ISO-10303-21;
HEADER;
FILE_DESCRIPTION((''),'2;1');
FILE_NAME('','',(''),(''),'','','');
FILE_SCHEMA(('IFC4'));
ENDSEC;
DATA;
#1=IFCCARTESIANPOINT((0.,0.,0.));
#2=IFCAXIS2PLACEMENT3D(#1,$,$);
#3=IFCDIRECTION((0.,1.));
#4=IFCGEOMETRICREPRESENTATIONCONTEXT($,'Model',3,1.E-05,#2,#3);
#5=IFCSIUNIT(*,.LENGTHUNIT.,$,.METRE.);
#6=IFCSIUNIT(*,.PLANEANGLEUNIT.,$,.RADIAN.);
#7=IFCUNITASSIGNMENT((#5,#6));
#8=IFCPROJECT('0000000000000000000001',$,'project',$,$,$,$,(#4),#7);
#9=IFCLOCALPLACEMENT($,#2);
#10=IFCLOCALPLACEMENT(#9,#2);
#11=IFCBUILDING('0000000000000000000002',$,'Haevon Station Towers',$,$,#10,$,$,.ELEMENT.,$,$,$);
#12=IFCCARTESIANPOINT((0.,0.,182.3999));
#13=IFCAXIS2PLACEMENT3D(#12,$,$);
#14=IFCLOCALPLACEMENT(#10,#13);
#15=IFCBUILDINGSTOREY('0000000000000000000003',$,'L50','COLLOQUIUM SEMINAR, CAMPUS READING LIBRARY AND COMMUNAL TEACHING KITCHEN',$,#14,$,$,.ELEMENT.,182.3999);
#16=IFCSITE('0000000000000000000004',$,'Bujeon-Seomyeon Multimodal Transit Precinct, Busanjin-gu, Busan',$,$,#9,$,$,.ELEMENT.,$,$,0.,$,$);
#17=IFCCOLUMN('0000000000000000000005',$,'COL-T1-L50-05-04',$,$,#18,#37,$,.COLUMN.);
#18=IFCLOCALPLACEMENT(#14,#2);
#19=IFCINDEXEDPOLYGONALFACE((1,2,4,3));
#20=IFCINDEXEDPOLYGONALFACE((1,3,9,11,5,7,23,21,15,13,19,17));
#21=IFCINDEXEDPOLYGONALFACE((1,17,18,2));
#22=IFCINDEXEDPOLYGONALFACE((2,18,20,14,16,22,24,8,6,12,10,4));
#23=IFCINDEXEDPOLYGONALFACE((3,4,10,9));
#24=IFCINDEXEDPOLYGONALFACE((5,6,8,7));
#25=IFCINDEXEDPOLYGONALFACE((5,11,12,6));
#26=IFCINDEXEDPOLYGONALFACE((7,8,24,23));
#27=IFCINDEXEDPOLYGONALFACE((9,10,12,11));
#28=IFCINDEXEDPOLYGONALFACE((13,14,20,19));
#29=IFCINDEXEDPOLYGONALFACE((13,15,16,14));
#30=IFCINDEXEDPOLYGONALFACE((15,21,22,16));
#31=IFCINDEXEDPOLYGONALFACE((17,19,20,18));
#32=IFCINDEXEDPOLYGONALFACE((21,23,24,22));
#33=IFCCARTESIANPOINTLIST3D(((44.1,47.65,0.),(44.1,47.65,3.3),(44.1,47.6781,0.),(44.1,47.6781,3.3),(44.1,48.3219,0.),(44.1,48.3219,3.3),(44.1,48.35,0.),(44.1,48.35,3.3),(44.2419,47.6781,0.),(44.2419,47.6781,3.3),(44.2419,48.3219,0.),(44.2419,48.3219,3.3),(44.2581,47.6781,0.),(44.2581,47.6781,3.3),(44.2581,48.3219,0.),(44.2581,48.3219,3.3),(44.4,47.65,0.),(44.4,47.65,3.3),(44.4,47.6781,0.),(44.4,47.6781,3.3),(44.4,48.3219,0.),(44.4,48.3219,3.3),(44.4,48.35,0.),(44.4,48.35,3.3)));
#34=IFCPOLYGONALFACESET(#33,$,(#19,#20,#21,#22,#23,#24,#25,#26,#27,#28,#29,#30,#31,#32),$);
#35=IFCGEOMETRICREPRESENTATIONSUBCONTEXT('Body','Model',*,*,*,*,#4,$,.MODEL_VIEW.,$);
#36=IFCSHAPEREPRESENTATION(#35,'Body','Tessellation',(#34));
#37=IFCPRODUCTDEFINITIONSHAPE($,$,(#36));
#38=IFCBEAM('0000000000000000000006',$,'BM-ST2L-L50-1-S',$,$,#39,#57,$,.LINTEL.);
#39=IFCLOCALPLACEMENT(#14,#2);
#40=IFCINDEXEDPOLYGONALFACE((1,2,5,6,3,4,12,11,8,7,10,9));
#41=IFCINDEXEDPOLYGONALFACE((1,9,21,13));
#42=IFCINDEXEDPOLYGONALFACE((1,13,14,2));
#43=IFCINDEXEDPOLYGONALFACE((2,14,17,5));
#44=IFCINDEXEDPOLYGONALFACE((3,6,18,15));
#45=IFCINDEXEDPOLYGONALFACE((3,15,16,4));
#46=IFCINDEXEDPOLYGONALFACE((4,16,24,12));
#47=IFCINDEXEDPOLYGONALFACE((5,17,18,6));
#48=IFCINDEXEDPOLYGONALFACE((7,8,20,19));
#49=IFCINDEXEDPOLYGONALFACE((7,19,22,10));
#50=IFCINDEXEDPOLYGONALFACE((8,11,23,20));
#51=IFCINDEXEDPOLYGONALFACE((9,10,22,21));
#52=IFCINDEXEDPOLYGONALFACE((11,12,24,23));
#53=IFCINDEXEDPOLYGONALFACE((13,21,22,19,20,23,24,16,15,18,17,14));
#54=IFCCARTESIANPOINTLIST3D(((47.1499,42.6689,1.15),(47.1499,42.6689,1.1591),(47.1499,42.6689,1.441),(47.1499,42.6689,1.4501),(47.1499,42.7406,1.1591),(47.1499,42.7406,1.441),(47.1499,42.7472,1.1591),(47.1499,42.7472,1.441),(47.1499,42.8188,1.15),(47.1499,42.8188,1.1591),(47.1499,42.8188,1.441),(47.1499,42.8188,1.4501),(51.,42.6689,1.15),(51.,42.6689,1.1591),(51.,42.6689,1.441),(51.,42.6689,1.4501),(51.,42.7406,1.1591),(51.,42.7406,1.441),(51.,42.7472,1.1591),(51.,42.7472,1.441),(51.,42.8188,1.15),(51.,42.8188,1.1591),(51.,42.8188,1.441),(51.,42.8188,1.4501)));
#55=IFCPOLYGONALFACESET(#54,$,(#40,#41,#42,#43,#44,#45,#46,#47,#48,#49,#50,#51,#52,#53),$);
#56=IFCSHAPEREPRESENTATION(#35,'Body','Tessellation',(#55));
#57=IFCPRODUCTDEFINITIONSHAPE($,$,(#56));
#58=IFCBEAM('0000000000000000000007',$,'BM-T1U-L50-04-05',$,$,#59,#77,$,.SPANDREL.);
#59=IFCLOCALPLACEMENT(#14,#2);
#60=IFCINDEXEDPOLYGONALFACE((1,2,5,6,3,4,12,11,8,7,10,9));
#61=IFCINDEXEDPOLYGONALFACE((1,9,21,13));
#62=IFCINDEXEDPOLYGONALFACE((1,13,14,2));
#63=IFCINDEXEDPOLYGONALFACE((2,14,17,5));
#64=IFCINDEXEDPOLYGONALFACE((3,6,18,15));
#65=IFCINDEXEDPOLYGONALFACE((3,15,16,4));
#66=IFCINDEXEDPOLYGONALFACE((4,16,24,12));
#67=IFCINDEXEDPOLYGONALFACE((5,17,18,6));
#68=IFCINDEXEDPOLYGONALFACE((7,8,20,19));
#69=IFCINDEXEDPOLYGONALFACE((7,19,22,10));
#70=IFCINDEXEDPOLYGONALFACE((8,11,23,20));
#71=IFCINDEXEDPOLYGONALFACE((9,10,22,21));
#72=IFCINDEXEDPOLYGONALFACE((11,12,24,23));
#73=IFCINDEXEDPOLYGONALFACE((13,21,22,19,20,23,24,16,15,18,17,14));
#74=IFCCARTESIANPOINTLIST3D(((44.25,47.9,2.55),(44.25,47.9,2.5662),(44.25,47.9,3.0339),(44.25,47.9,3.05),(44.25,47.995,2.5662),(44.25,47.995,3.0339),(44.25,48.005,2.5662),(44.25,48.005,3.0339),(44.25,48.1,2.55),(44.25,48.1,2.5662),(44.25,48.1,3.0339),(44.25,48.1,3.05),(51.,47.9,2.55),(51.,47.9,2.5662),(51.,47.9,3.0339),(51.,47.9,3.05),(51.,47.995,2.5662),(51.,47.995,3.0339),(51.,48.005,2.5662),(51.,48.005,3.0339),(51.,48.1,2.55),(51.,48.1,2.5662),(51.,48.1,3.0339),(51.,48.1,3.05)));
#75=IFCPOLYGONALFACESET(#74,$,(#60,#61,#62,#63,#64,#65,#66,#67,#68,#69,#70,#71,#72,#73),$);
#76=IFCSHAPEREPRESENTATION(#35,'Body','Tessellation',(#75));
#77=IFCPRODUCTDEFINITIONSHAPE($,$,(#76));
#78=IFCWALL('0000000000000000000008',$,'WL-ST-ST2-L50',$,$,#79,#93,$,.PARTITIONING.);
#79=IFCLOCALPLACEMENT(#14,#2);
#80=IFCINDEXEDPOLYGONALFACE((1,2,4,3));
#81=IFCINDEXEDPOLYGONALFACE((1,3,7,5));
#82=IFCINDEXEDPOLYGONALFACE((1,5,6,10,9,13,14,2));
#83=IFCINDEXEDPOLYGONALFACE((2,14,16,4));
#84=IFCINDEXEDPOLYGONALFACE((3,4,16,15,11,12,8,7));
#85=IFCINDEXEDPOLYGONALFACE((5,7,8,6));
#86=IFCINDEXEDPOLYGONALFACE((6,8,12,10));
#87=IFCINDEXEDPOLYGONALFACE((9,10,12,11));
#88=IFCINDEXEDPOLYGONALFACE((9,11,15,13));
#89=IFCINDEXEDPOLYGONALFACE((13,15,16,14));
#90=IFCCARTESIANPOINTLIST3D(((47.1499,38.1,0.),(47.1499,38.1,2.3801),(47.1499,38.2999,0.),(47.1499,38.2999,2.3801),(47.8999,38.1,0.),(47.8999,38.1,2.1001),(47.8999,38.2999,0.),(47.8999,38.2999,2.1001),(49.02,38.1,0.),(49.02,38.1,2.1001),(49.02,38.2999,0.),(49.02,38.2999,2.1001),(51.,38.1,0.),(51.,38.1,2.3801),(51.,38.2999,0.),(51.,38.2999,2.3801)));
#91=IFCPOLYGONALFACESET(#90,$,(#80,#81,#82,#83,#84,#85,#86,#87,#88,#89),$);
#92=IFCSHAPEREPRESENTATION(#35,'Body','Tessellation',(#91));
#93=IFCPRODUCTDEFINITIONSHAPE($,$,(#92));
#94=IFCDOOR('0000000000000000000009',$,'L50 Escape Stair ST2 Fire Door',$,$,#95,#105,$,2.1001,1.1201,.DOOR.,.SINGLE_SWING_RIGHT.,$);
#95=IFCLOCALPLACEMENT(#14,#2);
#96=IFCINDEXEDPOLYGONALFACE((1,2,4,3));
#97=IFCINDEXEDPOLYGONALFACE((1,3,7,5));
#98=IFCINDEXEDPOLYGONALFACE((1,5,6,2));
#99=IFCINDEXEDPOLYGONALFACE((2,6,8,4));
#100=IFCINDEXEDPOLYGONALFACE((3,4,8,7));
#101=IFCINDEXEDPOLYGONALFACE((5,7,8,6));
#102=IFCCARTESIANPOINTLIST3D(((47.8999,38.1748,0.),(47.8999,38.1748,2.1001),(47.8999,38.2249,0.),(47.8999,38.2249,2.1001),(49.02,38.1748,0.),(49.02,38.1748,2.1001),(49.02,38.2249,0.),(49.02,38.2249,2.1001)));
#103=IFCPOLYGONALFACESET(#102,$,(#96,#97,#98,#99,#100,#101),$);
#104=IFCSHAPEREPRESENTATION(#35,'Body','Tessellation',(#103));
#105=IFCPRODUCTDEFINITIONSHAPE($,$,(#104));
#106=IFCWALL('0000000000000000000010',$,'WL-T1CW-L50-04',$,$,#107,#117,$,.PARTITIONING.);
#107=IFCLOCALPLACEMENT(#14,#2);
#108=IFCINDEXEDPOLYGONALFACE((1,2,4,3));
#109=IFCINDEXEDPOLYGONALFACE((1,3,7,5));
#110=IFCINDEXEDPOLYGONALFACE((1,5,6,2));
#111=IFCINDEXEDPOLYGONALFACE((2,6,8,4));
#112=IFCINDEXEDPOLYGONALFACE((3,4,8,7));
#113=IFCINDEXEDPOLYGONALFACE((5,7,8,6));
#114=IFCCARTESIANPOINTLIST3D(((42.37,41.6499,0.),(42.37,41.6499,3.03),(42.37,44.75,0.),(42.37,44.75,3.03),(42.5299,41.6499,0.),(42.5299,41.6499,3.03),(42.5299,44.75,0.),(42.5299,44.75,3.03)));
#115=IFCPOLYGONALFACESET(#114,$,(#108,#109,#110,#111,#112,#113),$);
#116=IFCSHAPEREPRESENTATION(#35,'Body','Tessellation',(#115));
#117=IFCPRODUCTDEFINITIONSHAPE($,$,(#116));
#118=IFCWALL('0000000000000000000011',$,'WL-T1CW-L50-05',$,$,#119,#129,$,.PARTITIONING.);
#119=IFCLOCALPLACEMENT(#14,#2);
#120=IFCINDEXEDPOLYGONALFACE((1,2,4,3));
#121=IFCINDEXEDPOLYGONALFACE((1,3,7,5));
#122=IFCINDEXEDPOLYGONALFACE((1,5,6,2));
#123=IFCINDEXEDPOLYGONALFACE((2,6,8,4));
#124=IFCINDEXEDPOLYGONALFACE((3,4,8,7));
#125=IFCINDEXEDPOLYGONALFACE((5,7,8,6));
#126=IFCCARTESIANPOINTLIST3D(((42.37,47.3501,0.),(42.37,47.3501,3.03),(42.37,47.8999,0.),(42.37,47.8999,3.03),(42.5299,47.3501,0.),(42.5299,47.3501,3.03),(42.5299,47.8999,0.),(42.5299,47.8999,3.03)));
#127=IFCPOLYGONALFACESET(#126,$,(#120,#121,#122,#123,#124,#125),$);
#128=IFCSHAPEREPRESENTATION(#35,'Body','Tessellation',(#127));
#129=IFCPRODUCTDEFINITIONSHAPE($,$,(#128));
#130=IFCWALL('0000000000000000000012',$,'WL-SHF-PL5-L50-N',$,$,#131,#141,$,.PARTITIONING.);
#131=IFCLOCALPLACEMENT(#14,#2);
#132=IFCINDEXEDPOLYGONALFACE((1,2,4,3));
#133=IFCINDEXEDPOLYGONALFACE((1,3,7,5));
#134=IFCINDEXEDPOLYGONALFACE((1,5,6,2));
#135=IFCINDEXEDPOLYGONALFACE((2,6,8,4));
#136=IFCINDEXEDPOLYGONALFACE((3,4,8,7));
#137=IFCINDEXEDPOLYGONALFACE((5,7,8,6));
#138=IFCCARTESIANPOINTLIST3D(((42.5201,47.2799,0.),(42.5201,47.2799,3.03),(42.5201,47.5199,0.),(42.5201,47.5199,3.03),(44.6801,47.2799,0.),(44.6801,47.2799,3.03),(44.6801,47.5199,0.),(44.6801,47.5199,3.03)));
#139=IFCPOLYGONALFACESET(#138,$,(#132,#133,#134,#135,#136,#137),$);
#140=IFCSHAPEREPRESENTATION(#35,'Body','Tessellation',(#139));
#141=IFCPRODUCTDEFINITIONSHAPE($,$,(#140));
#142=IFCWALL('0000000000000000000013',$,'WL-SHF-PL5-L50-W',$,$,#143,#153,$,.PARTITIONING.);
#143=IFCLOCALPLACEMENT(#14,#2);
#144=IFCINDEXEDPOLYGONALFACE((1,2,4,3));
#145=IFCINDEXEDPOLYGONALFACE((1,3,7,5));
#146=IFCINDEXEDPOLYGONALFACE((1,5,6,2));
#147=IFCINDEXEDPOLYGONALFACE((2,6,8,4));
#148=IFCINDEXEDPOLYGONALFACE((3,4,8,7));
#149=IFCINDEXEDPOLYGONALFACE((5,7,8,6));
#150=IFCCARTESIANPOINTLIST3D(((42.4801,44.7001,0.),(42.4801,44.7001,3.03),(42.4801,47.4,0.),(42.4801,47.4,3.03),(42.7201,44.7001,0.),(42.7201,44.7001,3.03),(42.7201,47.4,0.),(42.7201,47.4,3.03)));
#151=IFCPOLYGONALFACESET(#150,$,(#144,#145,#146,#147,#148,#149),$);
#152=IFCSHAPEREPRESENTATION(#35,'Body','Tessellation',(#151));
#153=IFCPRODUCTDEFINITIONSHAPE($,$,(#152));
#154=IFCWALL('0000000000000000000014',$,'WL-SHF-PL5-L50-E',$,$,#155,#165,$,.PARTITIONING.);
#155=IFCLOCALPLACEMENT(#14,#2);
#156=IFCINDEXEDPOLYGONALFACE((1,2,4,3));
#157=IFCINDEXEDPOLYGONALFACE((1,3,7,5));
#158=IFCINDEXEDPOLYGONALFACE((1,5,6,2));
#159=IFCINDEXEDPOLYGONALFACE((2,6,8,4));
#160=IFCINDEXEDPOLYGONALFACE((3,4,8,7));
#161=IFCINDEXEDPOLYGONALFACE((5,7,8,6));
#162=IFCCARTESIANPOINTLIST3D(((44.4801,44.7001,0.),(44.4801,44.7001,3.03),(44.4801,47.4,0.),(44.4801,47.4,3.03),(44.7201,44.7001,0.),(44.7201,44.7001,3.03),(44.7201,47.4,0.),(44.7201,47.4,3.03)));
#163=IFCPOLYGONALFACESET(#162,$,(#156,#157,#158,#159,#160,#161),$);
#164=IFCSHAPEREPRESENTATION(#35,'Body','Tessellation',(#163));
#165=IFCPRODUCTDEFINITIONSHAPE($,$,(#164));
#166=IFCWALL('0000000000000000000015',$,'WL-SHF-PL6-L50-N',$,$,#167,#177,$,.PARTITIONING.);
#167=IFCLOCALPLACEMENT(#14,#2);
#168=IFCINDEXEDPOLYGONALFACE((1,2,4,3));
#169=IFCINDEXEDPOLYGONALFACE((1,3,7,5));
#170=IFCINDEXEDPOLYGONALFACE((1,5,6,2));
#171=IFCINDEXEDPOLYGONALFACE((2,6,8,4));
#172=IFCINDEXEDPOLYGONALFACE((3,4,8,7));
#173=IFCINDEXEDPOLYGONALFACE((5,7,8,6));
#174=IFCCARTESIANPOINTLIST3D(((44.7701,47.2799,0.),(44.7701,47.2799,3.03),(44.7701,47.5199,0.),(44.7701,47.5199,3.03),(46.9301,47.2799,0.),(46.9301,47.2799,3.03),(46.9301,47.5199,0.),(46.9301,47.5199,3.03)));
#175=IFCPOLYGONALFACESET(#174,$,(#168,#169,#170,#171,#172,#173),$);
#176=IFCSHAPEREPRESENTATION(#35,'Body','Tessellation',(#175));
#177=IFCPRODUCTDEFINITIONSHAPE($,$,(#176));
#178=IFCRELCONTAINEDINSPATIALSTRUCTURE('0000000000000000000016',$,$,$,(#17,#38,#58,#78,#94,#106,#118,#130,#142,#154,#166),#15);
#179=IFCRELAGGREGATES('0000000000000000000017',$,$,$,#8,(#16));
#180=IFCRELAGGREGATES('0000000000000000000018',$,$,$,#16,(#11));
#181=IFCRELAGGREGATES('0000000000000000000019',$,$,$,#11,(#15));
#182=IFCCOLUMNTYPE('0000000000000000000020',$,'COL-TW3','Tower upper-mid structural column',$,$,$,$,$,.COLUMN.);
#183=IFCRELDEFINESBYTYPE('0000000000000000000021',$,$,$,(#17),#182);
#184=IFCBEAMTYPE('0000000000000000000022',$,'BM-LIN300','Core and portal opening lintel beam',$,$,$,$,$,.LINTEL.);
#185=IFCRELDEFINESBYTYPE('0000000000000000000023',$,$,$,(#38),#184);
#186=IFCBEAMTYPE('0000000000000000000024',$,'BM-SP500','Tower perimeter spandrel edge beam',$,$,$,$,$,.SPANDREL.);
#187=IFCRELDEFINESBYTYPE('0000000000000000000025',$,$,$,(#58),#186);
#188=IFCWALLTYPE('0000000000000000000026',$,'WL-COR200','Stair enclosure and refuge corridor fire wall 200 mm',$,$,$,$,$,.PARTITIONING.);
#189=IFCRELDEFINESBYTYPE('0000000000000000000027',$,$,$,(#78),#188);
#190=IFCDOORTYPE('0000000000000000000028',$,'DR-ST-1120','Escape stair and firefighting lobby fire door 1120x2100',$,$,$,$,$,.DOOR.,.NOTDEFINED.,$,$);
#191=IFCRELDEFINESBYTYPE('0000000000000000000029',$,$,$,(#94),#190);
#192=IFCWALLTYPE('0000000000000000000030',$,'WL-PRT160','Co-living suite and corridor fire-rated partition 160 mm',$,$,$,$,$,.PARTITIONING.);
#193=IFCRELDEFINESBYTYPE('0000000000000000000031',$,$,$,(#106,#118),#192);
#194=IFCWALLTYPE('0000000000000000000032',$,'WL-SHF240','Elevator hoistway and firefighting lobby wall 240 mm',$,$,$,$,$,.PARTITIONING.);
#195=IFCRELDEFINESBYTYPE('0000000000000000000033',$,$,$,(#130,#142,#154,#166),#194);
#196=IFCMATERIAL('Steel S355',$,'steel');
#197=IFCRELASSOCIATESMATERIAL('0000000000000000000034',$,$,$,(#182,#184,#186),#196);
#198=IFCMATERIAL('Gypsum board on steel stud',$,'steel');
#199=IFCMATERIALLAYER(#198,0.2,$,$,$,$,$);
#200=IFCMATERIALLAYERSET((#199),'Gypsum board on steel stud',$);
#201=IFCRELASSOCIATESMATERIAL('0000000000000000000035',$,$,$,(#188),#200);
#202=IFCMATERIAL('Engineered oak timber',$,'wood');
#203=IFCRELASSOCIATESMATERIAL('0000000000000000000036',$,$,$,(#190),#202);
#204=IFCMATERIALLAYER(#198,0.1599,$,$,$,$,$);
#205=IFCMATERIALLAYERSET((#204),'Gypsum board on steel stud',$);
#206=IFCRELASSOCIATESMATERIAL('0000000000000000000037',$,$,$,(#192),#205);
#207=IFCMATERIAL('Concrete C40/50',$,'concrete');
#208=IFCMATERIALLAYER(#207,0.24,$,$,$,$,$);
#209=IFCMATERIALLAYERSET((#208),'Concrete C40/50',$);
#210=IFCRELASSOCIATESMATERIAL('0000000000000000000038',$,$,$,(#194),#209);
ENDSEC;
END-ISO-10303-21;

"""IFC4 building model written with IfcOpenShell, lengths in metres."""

from ifc_helpers import new_model, si_unit, direction, frame, frame_2d, origin, origin_2d, place, context, subcontext, project, spatial, rectangle, i_section, extrude, material, layer, layer_set, material_profile, profile_set, type_object, element, fill, save


model = new_model("IFC4")

# Units and contexts
model_context = context("Model", 3, precision=1e-05, world=origin(), true_north=direction((0.0, 1.0)))
body_context = subcontext(model_context, "Body", "Model", "MODEL_VIEW")
ifc_project = project(units=[si_unit("LENGTHUNIT", "METRE"), si_unit("PLANEANGLEUNIT", "RADIAN")], contexts=[model_context])

# Site, building, storey
site_placement = place(None, origin())
site = spatial("IfcSite", under=ifc_project, at=site_placement, Name="Bujeon-Seomyeon Multimodal Transit Precinct, Busanjin-gu, Busan", CompositionType="ELEMENT", RefElevation=0.0)
building_placement = place(site_placement, origin())
building = spatial("IfcBuilding", under=site, at=building_placement, Name="Haevon Station Towers", CompositionType="ELEMENT")
storey_placement = place(building_placement, frame((0.0, 0.0, 182.3999)))
storey = spatial("IfcBuildingStorey", under=building, at=storey_placement, Name="L50", Description="COLLOQUIUM SEMINAR, CAMPUS READING LIBRARY AND COMMUNAL TEACHING KITCHEN", CompositionType="ELEMENT", Elevation=182.3999)

# Column
ifc_material_1 = material(Name="Steel S355", Category="steel")
ifc_material_profile_1 = material_profile(ifc_material_1, i_section(OverallWidth=0.3, OverallDepth=0.7, WebThickness=0.0161, FlangeThickness=0.0281, at=origin_2d()), Name="H-700x300x16x28")
ifc_profile_set_1 = profile_set([ifc_material_profile_1], Name="Steel S355")
column_type = type_object("IfcColumnType", Name="COL-TW3", Description="Tower upper-mid structural column", PredefinedType="COLUMN", material=ifc_profile_set_1)
column_placement = place(storey_placement, frame((44.25, 48.0, 0.0), z_axis=(0.0, 0.0, 1.0), x_axis=(1.0, 0.0, 0.0)))
element("IfcColumn", 1, at=column_placement, inside=storey, type_object=column_type, Name="COL-T1-L50-05-04", PredefinedType="COLUMN", context=body_context, shape_type="SweptSolid", body=[
    extrude(i_section(OverallWidth=0.3, OverallDepth=0.7, WebThickness=0.0161, FlangeThickness=0.0281, at=origin_2d()), origin(), (0.0, 0.0, 1.0), 3.3),
])

# Beams
ifc_material_profile_2 = material_profile(ifc_material_1, i_section(OverallWidth=0.1499, OverallDepth=0.3, WebThickness=0.0066, FlangeThickness=0.009, at=origin_2d()), Name="H-300x150x6.5x9")
ifc_profile_set_2 = profile_set([ifc_material_profile_2], Name="Steel S355")
beam_type_1 = type_object("IfcBeamType", Name="BM-LIN300", Description="Core and portal opening lintel beam", PredefinedType="LINTEL", material=ifc_profile_set_2)
beam_1_placement = place(storey_placement, frame((47.1499, 42.7439, 1.3), z_axis=(1.0, 0.0, 0.0), x_axis=(0.0, 1.0, 0.0)))
element("IfcBeam", 2, at=beam_1_placement, inside=storey, type_object=beam_type_1, Name="BM-ST2L-L50-1-S", PredefinedType="LINTEL", context=body_context, shape_type="SweptSolid", body=[
    extrude(i_section(OverallWidth=0.1499, OverallDepth=0.3, WebThickness=0.0066, FlangeThickness=0.009, at=origin_2d()), origin(), (0.0, 0.0, 1.0), 3.8501),
])
ifc_material_profile_3 = material_profile(ifc_material_1, i_section(OverallWidth=0.2, OverallDepth=0.5, WebThickness=0.01, FlangeThickness=0.0161, at=origin_2d()), Name="H-500x200x10x16")
ifc_profile_set_3 = profile_set([ifc_material_profile_3], Name="Steel S355")
beam_type_2 = type_object("IfcBeamType", Name="BM-SP500", Description="Tower perimeter spandrel edge beam", PredefinedType="SPANDREL", material=ifc_profile_set_3)
beam_2_placement = place(storey_placement, frame((44.25, 48.0, 2.8), z_axis=(1.0, 0.0, 0.0), x_axis=(0.0, 1.0, 0.0)))
element("IfcBeam", 3, at=beam_2_placement, inside=storey, type_object=beam_type_2, Name="BM-T1U-L50-04-05", PredefinedType="SPANDREL", context=body_context, shape_type="SweptSolid", body=[
    extrude(i_section(OverallWidth=0.2, OverallDepth=0.5, WebThickness=0.01, FlangeThickness=0.0161, at=origin_2d()), origin(), (0.0, 0.0, 1.0), 6.75),
])

# Wall, opening, door
ifc_material_2 = material(Name="Gypsum board on steel stud", Category="steel")
ifc_layer_1 = layer(ifc_material_2, 0.2)
ifc_layer_set_1 = layer_set([ifc_layer_1], Name="Gypsum board on steel stud")
wall_type_1 = type_object("IfcWallType", Name="WL-COR200", Description="Stair enclosure and refuge corridor fire wall 200 mm", PredefinedType="PARTITIONING", material=ifc_layer_set_1)
wall_1_placement = place(storey_placement, frame((47.1499, 38.2, 0.0), z_axis=(0.0, 0.0, 1.0), x_axis=(1.0, 0.0, 0.0)))
wall_1 = element("IfcWall", 4, at=wall_1_placement, inside=storey, type_object=wall_type_1, Name="WL-ST-ST2-L50", PredefinedType="PARTITIONING", context=body_context, shape_type="SweptSolid", body=[
    extrude(rectangle(XDim=3.8501, YDim=0.2, at=frame_2d((1.925, 0.0))), origin(), (0.0, 0.0, 1.0), 2.3801),
])
opening_1_placement = place(wall_1_placement, frame((0.75, 0.0, 0.0)))
opening_1 = element("IfcOpeningElement", 5, at=opening_1_placement, cuts=wall_1, PredefinedType="OPENING", context=body_context, shape_type="SweptSolid", body=[
    extrude(rectangle(XDim=1.1201, YDim=2.1001, at=frame_2d((0.5601, 1.05))), frame((0.0, 0.1099, 0.0), z_axis=(0.0, -1.0, 0.0), x_axis=(1.0, 0.0, 0.0)), (0.0, 0.0, 1.0), 0.22),
])
ifc_material_3 = material(Name="Engineered oak timber", Category="wood")
door_type_1 = type_object("IfcDoorType", Name="DR-ST-1120", Description="Escape stair and firefighting lobby fire door 1120x2100", OperationType="NOTDEFINED", PredefinedType="DOOR", material=ifc_material_3)
door_1_placement = place(opening_1_placement, origin())
door_1 = element("IfcDoor", 6, at=door_1_placement, inside=storey, type_object=door_type_1, Name="L50 Escape Stair ST2 Fire Door", OperationType="SINGLE_SWING_RIGHT", OverallHeight=2.1001, OverallWidth=1.1201, PredefinedType="DOOR", context=body_context, shape_type="SweptSolid", body=[
    extrude(rectangle(XDim=1.1201, YDim=2.1001, at=frame_2d((0.5601, 1.05))), frame((0.0, 0.0249, 0.0), z_axis=(0.0, -1.0, 0.0), x_axis=(1.0, 0.0, 0.0)), (0.0, 0.0, 1.0), 0.05),
])
fill(opening_1, door_1)

# Walls
ifc_layer_2 = layer(ifc_material_2, 0.1599)
ifc_layer_set_2 = layer_set([ifc_layer_2], Name="Gypsum board on steel stud")
wall_type_2 = type_object("IfcWallType", Name="WL-PRT160", Description="Co-living suite and corridor fire-rated partition 160 mm", PredefinedType="PARTITIONING", material=ifc_layer_set_2)
wall_2_placement = place(storey_placement, frame((42.45, 41.6499, 0.0), z_axis=(0.0, 0.0, 1.0), x_axis=(0.0, 1.0, 0.0)))
element("IfcWall", 7, at=wall_2_placement, inside=storey, type_object=wall_type_2, Name="WL-T1CW-L50-04", PredefinedType="PARTITIONING", context=body_context, shape_type="SweptSolid", body=[
    extrude(rectangle(XDim=3.1001, YDim=0.1599, at=frame_2d((1.55, 0.0))), origin(), (0.0, 0.0, 1.0), 3.03),
])
wall_3_placement = place(storey_placement, frame((42.45, 47.3501, 0.0), z_axis=(0.0, 0.0, 1.0), x_axis=(0.0, 1.0, 0.0)))
element("IfcWall", 8, at=wall_3_placement, inside=storey, type_object=wall_type_2, Name="WL-T1CW-L50-05", PredefinedType="PARTITIONING", context=body_context, shape_type="SweptSolid", body=[
    extrude(rectangle(XDim=0.5498, YDim=0.1599, at=frame_2d((0.2749, 0.0))), origin(), (0.0, 0.0, 1.0), 3.03),
])

# Shared definitions
ifc_material_4 = material(Name="Concrete C40/50", Category="concrete")
ifc_layer_3 = layer(ifc_material_4, 0.24)
ifc_layer_set_3 = layer_set([ifc_layer_3], Name="Concrete C40/50")
wall_type_3 = type_object("IfcWallType", Name="WL-SHF240", Description="Elevator hoistway and firefighting lobby wall 240 mm", PredefinedType="PARTITIONING", material=ifc_layer_set_3)

# Walls
wall_4_placement = place(storey_placement, frame((42.52, 47.3999, 0.0), z_axis=(0.0, 0.0, 1.0), x_axis=(1.0, 0.0, 0.0)))
element("IfcWall", 9, at=wall_4_placement, inside=storey, type_object=wall_type_3, Name="WL-SHF-PL5-L50-N", PredefinedType="PARTITIONING", context=body_context, shape_type="SweptSolid", body=[
    extrude(rectangle(XDim=2.1599, YDim=0.24, at=frame_2d((1.0801, 0.0))), origin(), (0.0, 0.0, 1.0), 3.03),
])
for number, where, z_axis, x_axis, name in (
    (10, (42.6001, 44.7, 0.0), (0.0, 0.0, 1.0), (0.0, 1.0, 0.0), "WL-SHF-PL5-L50-W"),
    (11, (44.6001, 44.7, 0.0), (0.0, 0.0, 1.0), (0.0, 1.0, 0.0), "WL-SHF-PL5-L50-E"),
):
    element("IfcWall", number, at=place(storey_placement, frame(where, z_axis=z_axis, x_axis=x_axis)), inside=storey, type_object=wall_type_3, Name=name, PredefinedType="PARTITIONING", context=body_context, shape_type="SweptSolid", body=[
        extrude(rectangle(XDim=2.7, YDim=0.24, at=frame_2d((1.3501, 0.0))), origin(), (0.0, 0.0, 1.0), 3.03),
    ])

# Wall
wall_5_placement = place(storey_placement, frame((44.77, 47.3999, 0.0), z_axis=(0.0, 0.0, 1.0), x_axis=(1.0, 0.0, 0.0)))
element("IfcWall", 12, at=wall_5_placement, inside=storey, type_object=wall_type_3, Name="WL-SHF-PL6-L50-N", PredefinedType="PARTITIONING", context=body_context, shape_type="SweptSolid", body=[
    extrude(rectangle(XDim=2.1599, YDim=0.24, at=frame_2d((1.0801, 0.0))), origin(), (0.0, 0.0, 1.0), 3.03),
])

save(model, "model.ifc")
